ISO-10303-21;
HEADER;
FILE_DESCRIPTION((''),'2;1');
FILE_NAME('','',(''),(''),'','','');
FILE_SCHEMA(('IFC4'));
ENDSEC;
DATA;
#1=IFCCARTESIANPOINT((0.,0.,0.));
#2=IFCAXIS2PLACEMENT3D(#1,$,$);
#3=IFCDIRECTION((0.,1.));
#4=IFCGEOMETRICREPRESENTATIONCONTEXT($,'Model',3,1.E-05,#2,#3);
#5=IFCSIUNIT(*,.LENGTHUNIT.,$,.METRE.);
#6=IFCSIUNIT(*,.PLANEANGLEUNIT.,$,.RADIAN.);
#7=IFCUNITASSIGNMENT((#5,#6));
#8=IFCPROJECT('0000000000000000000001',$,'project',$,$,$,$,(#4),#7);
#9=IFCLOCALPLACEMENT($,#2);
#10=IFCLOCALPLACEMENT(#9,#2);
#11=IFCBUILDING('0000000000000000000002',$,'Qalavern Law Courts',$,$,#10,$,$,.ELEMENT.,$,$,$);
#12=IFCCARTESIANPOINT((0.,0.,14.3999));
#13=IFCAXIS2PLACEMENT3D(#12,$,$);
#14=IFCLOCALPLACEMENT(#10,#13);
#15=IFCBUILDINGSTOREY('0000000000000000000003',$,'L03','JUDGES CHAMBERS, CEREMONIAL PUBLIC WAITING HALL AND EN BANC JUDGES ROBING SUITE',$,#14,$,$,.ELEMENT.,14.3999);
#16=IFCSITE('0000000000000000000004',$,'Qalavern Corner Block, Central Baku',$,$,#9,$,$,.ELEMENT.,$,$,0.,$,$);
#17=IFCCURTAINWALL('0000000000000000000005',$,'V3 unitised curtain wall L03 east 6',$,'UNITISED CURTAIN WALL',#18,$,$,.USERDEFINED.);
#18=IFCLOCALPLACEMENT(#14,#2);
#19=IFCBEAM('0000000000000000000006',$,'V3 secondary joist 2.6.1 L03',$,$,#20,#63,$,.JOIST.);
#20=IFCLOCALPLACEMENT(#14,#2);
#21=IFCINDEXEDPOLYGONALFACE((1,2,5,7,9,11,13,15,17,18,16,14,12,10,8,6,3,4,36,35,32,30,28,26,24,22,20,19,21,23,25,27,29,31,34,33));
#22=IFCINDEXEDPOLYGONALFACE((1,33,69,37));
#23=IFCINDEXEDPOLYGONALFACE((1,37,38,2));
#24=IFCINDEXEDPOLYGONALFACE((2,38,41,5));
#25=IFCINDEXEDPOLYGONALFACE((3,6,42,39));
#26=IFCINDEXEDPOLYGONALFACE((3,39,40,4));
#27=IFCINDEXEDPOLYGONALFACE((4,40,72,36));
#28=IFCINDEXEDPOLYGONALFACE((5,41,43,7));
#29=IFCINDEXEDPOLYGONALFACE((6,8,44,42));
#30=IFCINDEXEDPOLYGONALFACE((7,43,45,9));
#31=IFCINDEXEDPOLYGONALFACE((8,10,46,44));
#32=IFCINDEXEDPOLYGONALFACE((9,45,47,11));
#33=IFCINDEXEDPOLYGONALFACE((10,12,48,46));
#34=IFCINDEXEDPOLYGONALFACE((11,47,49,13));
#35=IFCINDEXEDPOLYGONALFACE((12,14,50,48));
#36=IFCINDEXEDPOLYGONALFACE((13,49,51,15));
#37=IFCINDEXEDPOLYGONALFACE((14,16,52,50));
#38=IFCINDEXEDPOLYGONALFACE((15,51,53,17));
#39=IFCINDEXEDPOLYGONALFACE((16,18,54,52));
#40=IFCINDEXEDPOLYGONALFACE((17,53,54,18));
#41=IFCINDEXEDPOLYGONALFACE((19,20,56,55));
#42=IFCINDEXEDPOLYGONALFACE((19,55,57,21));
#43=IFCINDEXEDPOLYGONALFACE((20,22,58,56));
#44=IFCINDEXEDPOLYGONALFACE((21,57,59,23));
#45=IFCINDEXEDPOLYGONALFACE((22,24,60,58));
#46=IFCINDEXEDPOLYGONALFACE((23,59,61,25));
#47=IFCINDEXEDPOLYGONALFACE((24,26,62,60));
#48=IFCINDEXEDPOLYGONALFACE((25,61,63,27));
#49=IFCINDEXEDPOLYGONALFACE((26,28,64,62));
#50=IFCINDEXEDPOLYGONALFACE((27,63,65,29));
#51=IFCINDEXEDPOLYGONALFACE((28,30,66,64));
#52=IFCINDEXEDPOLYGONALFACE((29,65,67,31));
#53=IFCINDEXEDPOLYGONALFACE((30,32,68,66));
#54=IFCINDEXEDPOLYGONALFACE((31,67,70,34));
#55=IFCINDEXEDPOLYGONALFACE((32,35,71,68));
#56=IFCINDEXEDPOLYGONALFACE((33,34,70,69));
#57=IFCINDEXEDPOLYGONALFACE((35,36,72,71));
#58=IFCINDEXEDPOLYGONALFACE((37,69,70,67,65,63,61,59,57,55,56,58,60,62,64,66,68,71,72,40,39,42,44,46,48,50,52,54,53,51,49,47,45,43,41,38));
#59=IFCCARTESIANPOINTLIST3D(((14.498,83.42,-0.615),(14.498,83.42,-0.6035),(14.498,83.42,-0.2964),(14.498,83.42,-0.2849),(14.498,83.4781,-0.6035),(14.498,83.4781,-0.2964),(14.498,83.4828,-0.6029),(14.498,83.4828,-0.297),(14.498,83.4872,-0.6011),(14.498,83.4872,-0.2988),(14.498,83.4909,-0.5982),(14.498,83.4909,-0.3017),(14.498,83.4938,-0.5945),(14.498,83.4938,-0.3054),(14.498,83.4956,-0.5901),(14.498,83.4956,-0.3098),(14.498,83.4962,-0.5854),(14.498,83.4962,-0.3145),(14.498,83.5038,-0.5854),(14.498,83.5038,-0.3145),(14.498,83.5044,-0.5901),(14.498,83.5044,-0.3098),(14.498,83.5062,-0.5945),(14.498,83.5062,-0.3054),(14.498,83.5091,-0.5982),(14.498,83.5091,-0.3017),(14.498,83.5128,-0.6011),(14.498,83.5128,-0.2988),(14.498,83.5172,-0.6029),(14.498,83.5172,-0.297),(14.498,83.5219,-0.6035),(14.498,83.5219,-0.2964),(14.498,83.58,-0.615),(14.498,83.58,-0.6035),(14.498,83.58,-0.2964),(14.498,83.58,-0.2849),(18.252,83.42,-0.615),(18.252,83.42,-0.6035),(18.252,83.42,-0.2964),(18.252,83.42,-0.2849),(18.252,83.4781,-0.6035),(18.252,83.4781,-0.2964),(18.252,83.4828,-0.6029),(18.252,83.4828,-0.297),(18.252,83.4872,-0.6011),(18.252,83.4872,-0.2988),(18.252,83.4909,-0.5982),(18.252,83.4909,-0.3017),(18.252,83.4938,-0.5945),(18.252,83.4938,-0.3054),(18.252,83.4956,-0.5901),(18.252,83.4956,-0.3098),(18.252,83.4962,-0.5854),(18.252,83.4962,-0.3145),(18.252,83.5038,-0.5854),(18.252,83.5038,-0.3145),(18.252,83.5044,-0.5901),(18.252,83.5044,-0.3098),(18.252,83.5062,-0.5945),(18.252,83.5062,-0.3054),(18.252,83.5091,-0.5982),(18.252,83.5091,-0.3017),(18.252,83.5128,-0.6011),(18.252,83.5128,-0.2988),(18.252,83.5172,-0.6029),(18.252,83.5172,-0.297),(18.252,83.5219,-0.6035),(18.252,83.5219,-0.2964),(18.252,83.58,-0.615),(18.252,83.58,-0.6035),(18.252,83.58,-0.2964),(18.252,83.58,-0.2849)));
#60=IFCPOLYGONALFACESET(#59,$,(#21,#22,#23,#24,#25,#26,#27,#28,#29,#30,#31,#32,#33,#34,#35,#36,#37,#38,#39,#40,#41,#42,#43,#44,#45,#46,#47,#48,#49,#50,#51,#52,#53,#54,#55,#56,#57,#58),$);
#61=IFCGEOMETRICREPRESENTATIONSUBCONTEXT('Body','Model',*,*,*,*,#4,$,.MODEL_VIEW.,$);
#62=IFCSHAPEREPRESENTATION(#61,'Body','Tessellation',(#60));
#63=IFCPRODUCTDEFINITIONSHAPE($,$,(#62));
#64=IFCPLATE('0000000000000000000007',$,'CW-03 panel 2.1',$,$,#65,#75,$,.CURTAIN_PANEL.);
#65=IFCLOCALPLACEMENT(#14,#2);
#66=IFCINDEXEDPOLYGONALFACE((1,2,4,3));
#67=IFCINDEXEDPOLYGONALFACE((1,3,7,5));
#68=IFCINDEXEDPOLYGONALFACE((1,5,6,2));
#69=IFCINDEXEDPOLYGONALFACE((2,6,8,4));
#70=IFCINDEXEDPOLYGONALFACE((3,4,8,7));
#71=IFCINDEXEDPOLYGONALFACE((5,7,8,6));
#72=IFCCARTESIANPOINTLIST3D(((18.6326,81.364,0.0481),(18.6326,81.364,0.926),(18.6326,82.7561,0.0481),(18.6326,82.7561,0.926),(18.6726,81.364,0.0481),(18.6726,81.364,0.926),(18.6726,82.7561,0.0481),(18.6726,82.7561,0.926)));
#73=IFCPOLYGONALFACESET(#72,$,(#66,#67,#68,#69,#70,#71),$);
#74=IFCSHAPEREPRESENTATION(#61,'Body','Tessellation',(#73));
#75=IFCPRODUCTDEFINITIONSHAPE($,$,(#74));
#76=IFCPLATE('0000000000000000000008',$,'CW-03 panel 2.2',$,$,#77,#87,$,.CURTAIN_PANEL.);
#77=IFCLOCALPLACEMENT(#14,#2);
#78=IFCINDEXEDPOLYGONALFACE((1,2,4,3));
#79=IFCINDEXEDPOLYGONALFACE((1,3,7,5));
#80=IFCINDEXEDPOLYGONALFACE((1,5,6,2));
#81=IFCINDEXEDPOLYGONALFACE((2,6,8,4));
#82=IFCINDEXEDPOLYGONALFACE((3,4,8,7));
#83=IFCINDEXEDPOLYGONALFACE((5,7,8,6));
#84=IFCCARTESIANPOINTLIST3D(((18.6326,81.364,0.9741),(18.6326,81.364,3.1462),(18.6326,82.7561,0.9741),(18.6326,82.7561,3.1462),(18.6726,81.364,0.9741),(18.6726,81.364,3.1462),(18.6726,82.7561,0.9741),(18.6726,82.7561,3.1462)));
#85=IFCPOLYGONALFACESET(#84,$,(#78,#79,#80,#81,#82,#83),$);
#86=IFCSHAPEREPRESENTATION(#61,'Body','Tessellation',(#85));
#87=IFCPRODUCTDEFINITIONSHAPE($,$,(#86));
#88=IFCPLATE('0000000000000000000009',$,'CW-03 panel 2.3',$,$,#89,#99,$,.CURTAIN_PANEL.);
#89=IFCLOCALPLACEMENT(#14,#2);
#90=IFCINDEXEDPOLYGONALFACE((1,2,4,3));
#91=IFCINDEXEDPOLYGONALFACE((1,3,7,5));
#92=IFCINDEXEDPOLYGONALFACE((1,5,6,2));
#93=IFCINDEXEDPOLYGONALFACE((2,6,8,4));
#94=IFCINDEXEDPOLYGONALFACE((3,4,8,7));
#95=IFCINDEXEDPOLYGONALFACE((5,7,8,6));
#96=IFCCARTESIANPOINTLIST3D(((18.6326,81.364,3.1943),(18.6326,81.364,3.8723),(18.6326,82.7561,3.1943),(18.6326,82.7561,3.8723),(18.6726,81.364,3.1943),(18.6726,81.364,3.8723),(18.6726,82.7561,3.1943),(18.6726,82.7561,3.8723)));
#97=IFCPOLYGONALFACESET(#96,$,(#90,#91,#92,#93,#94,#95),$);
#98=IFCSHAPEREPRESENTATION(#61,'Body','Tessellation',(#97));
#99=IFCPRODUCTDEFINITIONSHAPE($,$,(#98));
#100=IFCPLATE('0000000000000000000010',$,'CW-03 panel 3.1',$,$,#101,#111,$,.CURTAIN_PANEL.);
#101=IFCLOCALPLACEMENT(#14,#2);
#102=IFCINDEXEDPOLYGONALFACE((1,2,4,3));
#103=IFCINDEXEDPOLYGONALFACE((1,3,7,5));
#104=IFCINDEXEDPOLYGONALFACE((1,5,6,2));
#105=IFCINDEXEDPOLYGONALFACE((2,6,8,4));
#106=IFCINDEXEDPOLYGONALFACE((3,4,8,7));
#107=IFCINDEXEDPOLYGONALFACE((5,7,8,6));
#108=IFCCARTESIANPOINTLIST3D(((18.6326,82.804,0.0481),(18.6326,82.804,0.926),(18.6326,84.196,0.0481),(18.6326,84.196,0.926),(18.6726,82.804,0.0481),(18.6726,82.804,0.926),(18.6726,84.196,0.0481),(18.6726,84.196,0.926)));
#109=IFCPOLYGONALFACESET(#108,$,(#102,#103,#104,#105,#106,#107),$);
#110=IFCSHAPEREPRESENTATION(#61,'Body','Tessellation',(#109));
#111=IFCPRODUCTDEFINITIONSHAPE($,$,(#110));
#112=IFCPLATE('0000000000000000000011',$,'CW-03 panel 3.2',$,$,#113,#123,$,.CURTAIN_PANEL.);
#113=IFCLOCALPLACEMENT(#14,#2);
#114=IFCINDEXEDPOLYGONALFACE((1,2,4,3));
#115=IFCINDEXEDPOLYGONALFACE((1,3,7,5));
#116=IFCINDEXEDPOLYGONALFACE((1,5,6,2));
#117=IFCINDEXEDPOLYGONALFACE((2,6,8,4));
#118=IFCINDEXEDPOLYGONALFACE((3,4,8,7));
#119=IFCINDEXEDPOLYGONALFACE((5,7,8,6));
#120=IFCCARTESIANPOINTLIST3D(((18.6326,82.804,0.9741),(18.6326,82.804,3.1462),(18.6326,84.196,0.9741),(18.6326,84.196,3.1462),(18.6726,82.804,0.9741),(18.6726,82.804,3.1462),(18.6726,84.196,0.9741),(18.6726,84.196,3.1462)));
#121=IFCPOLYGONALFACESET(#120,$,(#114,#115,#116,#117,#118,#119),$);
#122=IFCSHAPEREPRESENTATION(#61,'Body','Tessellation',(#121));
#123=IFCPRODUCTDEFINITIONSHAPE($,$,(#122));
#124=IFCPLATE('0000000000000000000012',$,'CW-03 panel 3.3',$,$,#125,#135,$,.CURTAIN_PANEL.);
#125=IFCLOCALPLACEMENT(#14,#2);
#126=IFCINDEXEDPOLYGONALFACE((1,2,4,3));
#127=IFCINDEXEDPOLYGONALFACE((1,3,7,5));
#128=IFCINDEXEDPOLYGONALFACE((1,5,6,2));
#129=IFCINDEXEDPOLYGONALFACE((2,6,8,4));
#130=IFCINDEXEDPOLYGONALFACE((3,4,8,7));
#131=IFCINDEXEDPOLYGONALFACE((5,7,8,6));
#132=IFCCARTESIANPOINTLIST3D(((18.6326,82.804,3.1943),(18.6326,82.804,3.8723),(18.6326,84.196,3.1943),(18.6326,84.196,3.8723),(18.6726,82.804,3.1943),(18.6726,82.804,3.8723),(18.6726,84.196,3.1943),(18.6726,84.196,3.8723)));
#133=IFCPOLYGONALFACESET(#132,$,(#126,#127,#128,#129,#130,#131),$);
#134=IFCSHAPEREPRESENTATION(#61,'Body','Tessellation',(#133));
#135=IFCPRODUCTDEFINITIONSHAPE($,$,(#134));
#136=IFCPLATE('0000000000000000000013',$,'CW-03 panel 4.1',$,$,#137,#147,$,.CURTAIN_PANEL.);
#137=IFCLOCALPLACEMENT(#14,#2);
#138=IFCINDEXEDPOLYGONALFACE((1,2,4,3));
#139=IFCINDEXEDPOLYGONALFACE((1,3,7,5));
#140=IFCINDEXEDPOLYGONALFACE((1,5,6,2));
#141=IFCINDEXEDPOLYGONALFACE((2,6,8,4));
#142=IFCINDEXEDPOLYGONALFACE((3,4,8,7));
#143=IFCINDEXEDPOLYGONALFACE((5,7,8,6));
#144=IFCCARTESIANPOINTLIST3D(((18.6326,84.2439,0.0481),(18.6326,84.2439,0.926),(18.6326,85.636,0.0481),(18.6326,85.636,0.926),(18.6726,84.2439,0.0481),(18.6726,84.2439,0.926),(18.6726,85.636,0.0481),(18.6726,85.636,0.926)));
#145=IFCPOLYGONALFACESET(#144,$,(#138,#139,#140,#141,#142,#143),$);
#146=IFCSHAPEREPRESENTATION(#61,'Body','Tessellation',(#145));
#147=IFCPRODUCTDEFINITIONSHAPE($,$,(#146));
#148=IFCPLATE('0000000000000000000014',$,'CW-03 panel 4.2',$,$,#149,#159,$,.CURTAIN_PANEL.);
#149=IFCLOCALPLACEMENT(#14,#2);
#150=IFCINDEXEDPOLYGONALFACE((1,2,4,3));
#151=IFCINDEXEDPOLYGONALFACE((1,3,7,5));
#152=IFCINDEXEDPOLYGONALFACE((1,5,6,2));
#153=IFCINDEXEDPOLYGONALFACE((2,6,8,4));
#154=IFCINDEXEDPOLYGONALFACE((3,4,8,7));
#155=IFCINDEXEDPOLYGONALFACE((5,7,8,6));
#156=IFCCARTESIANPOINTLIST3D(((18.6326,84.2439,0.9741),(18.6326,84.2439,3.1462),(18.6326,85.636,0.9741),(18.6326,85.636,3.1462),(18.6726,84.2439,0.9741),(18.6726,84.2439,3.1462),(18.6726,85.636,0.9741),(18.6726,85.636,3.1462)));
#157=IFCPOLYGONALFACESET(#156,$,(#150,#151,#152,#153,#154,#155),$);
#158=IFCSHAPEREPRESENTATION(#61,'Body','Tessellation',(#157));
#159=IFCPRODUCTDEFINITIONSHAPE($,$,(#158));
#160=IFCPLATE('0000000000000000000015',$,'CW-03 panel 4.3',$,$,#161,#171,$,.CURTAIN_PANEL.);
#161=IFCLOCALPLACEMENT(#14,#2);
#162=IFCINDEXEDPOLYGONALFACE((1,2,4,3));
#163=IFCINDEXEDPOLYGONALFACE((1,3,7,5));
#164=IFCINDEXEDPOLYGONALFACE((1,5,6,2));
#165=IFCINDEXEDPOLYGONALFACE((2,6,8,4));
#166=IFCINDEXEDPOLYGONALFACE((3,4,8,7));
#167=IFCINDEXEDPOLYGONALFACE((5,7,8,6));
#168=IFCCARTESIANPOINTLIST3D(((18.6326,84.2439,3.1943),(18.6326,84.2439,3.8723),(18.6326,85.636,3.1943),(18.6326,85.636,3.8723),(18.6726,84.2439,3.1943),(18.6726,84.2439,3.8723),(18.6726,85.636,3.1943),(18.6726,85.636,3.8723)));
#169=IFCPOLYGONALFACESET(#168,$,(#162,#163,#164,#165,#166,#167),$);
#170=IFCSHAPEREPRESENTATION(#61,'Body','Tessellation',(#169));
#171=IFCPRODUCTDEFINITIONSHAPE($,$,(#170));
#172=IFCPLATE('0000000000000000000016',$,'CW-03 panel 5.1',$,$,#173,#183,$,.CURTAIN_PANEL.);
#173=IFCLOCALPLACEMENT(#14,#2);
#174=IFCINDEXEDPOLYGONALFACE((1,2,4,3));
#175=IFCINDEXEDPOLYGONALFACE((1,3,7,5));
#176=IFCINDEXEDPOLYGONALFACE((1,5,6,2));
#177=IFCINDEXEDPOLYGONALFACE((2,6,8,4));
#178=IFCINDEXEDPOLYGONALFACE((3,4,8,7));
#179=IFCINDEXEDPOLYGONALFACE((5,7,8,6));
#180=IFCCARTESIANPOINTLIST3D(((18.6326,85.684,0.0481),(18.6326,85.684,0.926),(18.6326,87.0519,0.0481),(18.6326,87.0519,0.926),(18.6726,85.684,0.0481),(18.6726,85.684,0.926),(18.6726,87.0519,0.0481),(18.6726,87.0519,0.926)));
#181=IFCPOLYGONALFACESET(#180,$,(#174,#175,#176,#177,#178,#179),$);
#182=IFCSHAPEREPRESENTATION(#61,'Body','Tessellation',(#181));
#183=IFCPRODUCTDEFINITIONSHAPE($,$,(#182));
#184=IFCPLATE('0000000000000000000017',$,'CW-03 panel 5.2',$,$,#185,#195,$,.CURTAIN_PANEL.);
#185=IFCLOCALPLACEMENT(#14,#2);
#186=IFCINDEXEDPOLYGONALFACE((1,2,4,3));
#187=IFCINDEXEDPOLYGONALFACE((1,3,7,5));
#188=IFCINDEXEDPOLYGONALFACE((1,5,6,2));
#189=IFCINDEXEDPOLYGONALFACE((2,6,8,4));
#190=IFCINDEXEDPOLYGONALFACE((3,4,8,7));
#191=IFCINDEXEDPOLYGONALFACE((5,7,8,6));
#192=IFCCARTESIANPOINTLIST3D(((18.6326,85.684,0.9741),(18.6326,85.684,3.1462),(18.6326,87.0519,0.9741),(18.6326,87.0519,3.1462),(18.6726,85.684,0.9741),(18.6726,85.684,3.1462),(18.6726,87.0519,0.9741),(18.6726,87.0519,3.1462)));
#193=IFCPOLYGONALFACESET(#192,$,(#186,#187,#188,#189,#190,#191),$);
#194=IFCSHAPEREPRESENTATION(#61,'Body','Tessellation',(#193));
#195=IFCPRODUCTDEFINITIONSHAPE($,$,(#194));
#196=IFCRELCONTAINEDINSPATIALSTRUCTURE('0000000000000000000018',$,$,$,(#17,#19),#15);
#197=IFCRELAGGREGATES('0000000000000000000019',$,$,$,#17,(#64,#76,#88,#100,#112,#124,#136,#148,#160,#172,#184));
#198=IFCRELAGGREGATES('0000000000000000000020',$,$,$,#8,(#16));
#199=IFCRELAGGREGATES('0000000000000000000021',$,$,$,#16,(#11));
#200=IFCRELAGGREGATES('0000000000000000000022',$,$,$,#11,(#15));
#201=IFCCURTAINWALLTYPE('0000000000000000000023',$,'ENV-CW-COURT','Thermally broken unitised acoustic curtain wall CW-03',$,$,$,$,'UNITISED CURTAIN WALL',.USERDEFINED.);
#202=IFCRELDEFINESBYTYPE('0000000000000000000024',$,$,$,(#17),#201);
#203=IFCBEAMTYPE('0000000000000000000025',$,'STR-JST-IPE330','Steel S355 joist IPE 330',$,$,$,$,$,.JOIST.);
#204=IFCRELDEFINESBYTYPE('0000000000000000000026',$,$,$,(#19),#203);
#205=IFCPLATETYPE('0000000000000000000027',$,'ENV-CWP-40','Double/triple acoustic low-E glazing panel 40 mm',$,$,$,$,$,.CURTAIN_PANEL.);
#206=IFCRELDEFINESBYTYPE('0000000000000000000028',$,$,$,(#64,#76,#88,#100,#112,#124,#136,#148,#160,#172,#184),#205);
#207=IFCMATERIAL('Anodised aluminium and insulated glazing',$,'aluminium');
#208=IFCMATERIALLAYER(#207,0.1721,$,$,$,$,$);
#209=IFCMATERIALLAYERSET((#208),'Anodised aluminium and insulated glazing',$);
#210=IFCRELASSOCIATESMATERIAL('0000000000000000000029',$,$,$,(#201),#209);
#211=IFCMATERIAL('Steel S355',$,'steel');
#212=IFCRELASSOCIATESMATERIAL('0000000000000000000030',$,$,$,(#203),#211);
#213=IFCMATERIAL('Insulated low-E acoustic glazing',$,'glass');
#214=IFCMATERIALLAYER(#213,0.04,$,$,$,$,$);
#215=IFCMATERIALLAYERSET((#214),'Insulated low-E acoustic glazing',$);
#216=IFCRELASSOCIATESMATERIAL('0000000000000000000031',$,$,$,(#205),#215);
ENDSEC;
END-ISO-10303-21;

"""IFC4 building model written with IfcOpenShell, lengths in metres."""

from ifc_helpers import new_model, si_unit, direction, frame, origin, origin_2d, place, context, subcontext, project, spatial, rectangle, i_section, extrude, material, layer, layer_set, material_profile, profile_set, type_object, element, aggregate, save


model = new_model("IFC4")

# Units and contexts
model_context = context("Model", 3, precision=1e-05, world=origin(), true_north=direction((0.0, 1.0)))
body_context = subcontext(model_context, "Body", "Model", "MODEL_VIEW")
ifc_project = project(units=[si_unit("LENGTHUNIT", "METRE"), si_unit("PLANEANGLEUNIT", "RADIAN")], contexts=[model_context])

# Site, building, storey
site_placement = place(None, origin())
site = spatial("IfcSite", under=ifc_project, at=site_placement, Name="Qalavern Corner Block, Central Baku", CompositionType="ELEMENT", RefElevation=0.0)
building_placement = place(site_placement, origin())
building = spatial("IfcBuilding", under=site, at=building_placement, Name="Qalavern Law Courts", CompositionType="ELEMENT")
storey_placement = place(building_placement, frame((0.0, 0.0, 14.3999)))
storey = spatial("IfcBuildingStorey", under=building, at=storey_placement, Name="L03", Description="JUDGES CHAMBERS, CEREMONIAL PUBLIC WAITING HALL AND EN BANC JUDGES ROBING SUITE", CompositionType="ELEMENT", Elevation=14.3999)

# Curtain wall
ifc_material_1 = material(Name="Anodised aluminium and insulated glazing", Category="aluminium")
ifc_layer_1 = layer(ifc_material_1, 0.1721)
ifc_layer_set_1 = layer_set([ifc_layer_1], Name="Anodised aluminium and insulated glazing")
curtain_wall_type = type_object("IfcCurtainWallType", Name="ENV-CW-COURT", Description="Thermally broken unitised acoustic curtain wall CW-03", ElementType="UNITISED CURTAIN WALL", PredefinedType="USERDEFINED", material=ifc_layer_set_1)
curtain_wall_placement = place(storey_placement, origin())
curtain_wall = element("IfcCurtainWall", 1, at=curtain_wall_placement, inside=storey, type_object=curtain_wall_type, Name="V3 unitised curtain wall L03 east 6", ObjectType="UNITISED CURTAIN WALL", PredefinedType="USERDEFINED")

# Beam
ifc_material_2 = material(Name="Steel S355", Category="steel")
ifc_material_profile_1 = material_profile(ifc_material_2, i_section(OverallWidth=0.1599, OverallDepth=0.3301, WebThickness=0.0076, FlangeThickness=0.0115, FilletRadius=0.0181, at=origin_2d()), Name="IPE 330")
ifc_profile_set_1 = profile_set([ifc_material_profile_1], Name="Steel S355")
beam_type = type_object("IfcBeamType", Name="STR-JST-IPE330", Description="Steel S355 joist IPE 330", PredefinedType="JOIST", material=ifc_profile_set_1)
beam_placement = place(storey_placement, frame((14.498, 83.5, -0.45), z_axis=(1.0, 0.0, 0.0), x_axis=(0.0, 1.0, 0.0)))
element("IfcBeam", 2, at=beam_placement, inside=storey, type_object=beam_type, Name="V3 secondary joist 2.6.1 L03", PredefinedType="JOIST", context=body_context, shape_type="SweptSolid", body=[
    extrude(i_section(OverallWidth=0.1599, OverallDepth=0.3301, WebThickness=0.0076, FlangeThickness=0.0115, FilletRadius=0.0181, at=origin_2d()), origin(), (0.0, 0.0, 1.0), 3.7539),
])

# Plates
ifc_material_3 = material(Name="Insulated low-E acoustic glazing", Category="glass")
ifc_layer_2 = layer(ifc_material_3, 0.04)
ifc_layer_set_2 = layer_set([ifc_layer_2], Name="Insulated low-E acoustic glazing")
plate_type = type_object("IfcPlateType", Name="ENV-CWP-40", Description="Double/triple acoustic low-E glazing panel 40 mm", PredefinedType="CURTAIN_PANEL", material=ifc_layer_set_2)
plate_1_placement = place(storey_placement, frame((18.6526, 82.0601, 0.0481), z_axis=(0.0, 0.0, 1.0), x_axis=(0.0, 1.0, 0.0)))
plate_1 = element("IfcPlate", 3, at=plate_1_placement, type_object=plate_type, Name="CW-03 panel 2.1", PredefinedType="CURTAIN_PANEL", context=body_context, shape_type="SweptSolid", body=[
    extrude(rectangle(XDim=1.3921, YDim=0.04, at=origin_2d()), origin(), (0.0, 0.0, 1.0), 0.8779),
])
plate_2_placement = place(storey_placement, frame((18.6526, 82.0601, 0.9741), z_axis=(0.0, 0.0, 1.0), x_axis=(0.0, 1.0, 0.0)))
plate_2 = element("IfcPlate", 4, at=plate_2_placement, type_object=plate_type, Name="CW-03 panel 2.2", PredefinedType="CURTAIN_PANEL", context=body_context, shape_type="SweptSolid", body=[
    extrude(rectangle(XDim=1.3921, YDim=0.04, at=origin_2d()), origin(), (0.0, 0.0, 1.0), 2.1721),
])
plate_3_placement = place(storey_placement, frame((18.6526, 82.0601, 3.1943), z_axis=(0.0, 0.0, 1.0), x_axis=(0.0, 1.0, 0.0)))
plate_3 = element("IfcPlate", 5, at=plate_3_placement, type_object=plate_type, Name="CW-03 panel 2.3", PredefinedType="CURTAIN_PANEL", context=body_context, shape_type="SweptSolid", body=[
    extrude(rectangle(XDim=1.3921, YDim=0.04, at=origin_2d()), origin(), (0.0, 0.0, 1.0), 0.678),
])
plate_4_placement = place(storey_placement, frame((18.6526, 83.5, 0.0481), z_axis=(0.0, 0.0, 1.0), x_axis=(0.0, 1.0, 0.0)))
plate_4 = element("IfcPlate", 6, at=plate_4_placement, type_object=plate_type, Name="CW-03 panel 3.1", PredefinedType="CURTAIN_PANEL", context=body_context, shape_type="SweptSolid", body=[
    extrude(rectangle(XDim=1.3921, YDim=0.04, at=origin_2d()), origin(), (0.0, 0.0, 1.0), 0.8779),
])
plate_5_placement = place(storey_placement, frame((18.6526, 83.5, 0.9741), z_axis=(0.0, 0.0, 1.0), x_axis=(0.0, 1.0, 0.0)))
plate_5 = element("IfcPlate", 7, at=plate_5_placement, type_object=plate_type, Name="CW-03 panel 3.2", PredefinedType="CURTAIN_PANEL", context=body_context, shape_type="SweptSolid", body=[
    extrude(rectangle(XDim=1.3921, YDim=0.04, at=origin_2d()), origin(), (0.0, 0.0, 1.0), 2.1721),
])
plate_6_placement = place(storey_placement, frame((18.6526, 83.5, 3.1943), z_axis=(0.0, 0.0, 1.0), x_axis=(0.0, 1.0, 0.0)))
plate_6 = element("IfcPlate", 8, at=plate_6_placement, type_object=plate_type, Name="CW-03 panel 3.3", PredefinedType="CURTAIN_PANEL", context=body_context, shape_type="SweptSolid", body=[
    extrude(rectangle(XDim=1.3921, YDim=0.04, at=origin_2d()), origin(), (0.0, 0.0, 1.0), 0.678),
])
plate_7_placement = place(storey_placement, frame((18.6526, 84.9399, 0.0481), z_axis=(0.0, 0.0, 1.0), x_axis=(0.0, 1.0, 0.0)))
plate_7 = element("IfcPlate", 9, at=plate_7_placement, type_object=plate_type, Name="CW-03 panel 4.1", PredefinedType="CURTAIN_PANEL", context=body_context, shape_type="SweptSolid", body=[
    extrude(rectangle(XDim=1.3921, YDim=0.04, at=origin_2d()), origin(), (0.0, 0.0, 1.0), 0.8779),
])
plate_8_placement = place(storey_placement, frame((18.6526, 84.9399, 0.9741), z_axis=(0.0, 0.0, 1.0), x_axis=(0.0, 1.0, 0.0)))
plate_8 = element("IfcPlate", 10, at=plate_8_placement, type_object=plate_type, Name="CW-03 panel 4.2", PredefinedType="CURTAIN_PANEL", context=body_context, shape_type="SweptSolid", body=[
    extrude(rectangle(XDim=1.3921, YDim=0.04, at=origin_2d()), origin(), (0.0, 0.0, 1.0), 2.1721),
])
plate_9_placement = place(storey_placement, frame((18.6526, 84.9399, 3.1943), z_axis=(0.0, 0.0, 1.0), x_axis=(0.0, 1.0, 0.0)))
plate_9 = element("IfcPlate", 11, at=plate_9_placement, type_object=plate_type, Name="CW-03 panel 4.3", PredefinedType="CURTAIN_PANEL", context=body_context, shape_type="SweptSolid", body=[
    extrude(rectangle(XDim=1.3921, YDim=0.04, at=origin_2d()), origin(), (0.0, 0.0, 1.0), 0.678),
])
plate_10_placement = place(storey_placement, frame((18.6526, 86.3679, 0.0481), z_axis=(0.0, 0.0, 1.0), x_axis=(0.0, 1.0, 0.0)))
plate_10 = element("IfcPlate", 12, at=plate_10_placement, type_object=plate_type, Name="CW-03 panel 5.1", PredefinedType="CURTAIN_PANEL", context=body_context, shape_type="SweptSolid", body=[
    extrude(rectangle(XDim=1.3679, YDim=0.04, at=origin_2d()), origin(), (0.0, 0.0, 1.0), 0.8779),
])
plate_11_placement = place(storey_placement, frame((18.6526, 86.3679, 0.9741), z_axis=(0.0, 0.0, 1.0), x_axis=(0.0, 1.0, 0.0)))
plate_11 = element("IfcPlate", 13, at=plate_11_placement, type_object=plate_type, Name="CW-03 panel 5.2", PredefinedType="CURTAIN_PANEL", context=body_context, shape_type="SweptSolid", body=[
    extrude(rectangle(XDim=1.3679, YDim=0.04, at=origin_2d()), origin(), (0.0, 0.0, 1.0), 2.1721),
])
aggregate(curtain_wall, [plate_1, plate_2, plate_3, plate_4, plate_5, plate_6, plate_7, plate_8, plate_9, plate_10, plate_11])

save(model, "model.ifc")
